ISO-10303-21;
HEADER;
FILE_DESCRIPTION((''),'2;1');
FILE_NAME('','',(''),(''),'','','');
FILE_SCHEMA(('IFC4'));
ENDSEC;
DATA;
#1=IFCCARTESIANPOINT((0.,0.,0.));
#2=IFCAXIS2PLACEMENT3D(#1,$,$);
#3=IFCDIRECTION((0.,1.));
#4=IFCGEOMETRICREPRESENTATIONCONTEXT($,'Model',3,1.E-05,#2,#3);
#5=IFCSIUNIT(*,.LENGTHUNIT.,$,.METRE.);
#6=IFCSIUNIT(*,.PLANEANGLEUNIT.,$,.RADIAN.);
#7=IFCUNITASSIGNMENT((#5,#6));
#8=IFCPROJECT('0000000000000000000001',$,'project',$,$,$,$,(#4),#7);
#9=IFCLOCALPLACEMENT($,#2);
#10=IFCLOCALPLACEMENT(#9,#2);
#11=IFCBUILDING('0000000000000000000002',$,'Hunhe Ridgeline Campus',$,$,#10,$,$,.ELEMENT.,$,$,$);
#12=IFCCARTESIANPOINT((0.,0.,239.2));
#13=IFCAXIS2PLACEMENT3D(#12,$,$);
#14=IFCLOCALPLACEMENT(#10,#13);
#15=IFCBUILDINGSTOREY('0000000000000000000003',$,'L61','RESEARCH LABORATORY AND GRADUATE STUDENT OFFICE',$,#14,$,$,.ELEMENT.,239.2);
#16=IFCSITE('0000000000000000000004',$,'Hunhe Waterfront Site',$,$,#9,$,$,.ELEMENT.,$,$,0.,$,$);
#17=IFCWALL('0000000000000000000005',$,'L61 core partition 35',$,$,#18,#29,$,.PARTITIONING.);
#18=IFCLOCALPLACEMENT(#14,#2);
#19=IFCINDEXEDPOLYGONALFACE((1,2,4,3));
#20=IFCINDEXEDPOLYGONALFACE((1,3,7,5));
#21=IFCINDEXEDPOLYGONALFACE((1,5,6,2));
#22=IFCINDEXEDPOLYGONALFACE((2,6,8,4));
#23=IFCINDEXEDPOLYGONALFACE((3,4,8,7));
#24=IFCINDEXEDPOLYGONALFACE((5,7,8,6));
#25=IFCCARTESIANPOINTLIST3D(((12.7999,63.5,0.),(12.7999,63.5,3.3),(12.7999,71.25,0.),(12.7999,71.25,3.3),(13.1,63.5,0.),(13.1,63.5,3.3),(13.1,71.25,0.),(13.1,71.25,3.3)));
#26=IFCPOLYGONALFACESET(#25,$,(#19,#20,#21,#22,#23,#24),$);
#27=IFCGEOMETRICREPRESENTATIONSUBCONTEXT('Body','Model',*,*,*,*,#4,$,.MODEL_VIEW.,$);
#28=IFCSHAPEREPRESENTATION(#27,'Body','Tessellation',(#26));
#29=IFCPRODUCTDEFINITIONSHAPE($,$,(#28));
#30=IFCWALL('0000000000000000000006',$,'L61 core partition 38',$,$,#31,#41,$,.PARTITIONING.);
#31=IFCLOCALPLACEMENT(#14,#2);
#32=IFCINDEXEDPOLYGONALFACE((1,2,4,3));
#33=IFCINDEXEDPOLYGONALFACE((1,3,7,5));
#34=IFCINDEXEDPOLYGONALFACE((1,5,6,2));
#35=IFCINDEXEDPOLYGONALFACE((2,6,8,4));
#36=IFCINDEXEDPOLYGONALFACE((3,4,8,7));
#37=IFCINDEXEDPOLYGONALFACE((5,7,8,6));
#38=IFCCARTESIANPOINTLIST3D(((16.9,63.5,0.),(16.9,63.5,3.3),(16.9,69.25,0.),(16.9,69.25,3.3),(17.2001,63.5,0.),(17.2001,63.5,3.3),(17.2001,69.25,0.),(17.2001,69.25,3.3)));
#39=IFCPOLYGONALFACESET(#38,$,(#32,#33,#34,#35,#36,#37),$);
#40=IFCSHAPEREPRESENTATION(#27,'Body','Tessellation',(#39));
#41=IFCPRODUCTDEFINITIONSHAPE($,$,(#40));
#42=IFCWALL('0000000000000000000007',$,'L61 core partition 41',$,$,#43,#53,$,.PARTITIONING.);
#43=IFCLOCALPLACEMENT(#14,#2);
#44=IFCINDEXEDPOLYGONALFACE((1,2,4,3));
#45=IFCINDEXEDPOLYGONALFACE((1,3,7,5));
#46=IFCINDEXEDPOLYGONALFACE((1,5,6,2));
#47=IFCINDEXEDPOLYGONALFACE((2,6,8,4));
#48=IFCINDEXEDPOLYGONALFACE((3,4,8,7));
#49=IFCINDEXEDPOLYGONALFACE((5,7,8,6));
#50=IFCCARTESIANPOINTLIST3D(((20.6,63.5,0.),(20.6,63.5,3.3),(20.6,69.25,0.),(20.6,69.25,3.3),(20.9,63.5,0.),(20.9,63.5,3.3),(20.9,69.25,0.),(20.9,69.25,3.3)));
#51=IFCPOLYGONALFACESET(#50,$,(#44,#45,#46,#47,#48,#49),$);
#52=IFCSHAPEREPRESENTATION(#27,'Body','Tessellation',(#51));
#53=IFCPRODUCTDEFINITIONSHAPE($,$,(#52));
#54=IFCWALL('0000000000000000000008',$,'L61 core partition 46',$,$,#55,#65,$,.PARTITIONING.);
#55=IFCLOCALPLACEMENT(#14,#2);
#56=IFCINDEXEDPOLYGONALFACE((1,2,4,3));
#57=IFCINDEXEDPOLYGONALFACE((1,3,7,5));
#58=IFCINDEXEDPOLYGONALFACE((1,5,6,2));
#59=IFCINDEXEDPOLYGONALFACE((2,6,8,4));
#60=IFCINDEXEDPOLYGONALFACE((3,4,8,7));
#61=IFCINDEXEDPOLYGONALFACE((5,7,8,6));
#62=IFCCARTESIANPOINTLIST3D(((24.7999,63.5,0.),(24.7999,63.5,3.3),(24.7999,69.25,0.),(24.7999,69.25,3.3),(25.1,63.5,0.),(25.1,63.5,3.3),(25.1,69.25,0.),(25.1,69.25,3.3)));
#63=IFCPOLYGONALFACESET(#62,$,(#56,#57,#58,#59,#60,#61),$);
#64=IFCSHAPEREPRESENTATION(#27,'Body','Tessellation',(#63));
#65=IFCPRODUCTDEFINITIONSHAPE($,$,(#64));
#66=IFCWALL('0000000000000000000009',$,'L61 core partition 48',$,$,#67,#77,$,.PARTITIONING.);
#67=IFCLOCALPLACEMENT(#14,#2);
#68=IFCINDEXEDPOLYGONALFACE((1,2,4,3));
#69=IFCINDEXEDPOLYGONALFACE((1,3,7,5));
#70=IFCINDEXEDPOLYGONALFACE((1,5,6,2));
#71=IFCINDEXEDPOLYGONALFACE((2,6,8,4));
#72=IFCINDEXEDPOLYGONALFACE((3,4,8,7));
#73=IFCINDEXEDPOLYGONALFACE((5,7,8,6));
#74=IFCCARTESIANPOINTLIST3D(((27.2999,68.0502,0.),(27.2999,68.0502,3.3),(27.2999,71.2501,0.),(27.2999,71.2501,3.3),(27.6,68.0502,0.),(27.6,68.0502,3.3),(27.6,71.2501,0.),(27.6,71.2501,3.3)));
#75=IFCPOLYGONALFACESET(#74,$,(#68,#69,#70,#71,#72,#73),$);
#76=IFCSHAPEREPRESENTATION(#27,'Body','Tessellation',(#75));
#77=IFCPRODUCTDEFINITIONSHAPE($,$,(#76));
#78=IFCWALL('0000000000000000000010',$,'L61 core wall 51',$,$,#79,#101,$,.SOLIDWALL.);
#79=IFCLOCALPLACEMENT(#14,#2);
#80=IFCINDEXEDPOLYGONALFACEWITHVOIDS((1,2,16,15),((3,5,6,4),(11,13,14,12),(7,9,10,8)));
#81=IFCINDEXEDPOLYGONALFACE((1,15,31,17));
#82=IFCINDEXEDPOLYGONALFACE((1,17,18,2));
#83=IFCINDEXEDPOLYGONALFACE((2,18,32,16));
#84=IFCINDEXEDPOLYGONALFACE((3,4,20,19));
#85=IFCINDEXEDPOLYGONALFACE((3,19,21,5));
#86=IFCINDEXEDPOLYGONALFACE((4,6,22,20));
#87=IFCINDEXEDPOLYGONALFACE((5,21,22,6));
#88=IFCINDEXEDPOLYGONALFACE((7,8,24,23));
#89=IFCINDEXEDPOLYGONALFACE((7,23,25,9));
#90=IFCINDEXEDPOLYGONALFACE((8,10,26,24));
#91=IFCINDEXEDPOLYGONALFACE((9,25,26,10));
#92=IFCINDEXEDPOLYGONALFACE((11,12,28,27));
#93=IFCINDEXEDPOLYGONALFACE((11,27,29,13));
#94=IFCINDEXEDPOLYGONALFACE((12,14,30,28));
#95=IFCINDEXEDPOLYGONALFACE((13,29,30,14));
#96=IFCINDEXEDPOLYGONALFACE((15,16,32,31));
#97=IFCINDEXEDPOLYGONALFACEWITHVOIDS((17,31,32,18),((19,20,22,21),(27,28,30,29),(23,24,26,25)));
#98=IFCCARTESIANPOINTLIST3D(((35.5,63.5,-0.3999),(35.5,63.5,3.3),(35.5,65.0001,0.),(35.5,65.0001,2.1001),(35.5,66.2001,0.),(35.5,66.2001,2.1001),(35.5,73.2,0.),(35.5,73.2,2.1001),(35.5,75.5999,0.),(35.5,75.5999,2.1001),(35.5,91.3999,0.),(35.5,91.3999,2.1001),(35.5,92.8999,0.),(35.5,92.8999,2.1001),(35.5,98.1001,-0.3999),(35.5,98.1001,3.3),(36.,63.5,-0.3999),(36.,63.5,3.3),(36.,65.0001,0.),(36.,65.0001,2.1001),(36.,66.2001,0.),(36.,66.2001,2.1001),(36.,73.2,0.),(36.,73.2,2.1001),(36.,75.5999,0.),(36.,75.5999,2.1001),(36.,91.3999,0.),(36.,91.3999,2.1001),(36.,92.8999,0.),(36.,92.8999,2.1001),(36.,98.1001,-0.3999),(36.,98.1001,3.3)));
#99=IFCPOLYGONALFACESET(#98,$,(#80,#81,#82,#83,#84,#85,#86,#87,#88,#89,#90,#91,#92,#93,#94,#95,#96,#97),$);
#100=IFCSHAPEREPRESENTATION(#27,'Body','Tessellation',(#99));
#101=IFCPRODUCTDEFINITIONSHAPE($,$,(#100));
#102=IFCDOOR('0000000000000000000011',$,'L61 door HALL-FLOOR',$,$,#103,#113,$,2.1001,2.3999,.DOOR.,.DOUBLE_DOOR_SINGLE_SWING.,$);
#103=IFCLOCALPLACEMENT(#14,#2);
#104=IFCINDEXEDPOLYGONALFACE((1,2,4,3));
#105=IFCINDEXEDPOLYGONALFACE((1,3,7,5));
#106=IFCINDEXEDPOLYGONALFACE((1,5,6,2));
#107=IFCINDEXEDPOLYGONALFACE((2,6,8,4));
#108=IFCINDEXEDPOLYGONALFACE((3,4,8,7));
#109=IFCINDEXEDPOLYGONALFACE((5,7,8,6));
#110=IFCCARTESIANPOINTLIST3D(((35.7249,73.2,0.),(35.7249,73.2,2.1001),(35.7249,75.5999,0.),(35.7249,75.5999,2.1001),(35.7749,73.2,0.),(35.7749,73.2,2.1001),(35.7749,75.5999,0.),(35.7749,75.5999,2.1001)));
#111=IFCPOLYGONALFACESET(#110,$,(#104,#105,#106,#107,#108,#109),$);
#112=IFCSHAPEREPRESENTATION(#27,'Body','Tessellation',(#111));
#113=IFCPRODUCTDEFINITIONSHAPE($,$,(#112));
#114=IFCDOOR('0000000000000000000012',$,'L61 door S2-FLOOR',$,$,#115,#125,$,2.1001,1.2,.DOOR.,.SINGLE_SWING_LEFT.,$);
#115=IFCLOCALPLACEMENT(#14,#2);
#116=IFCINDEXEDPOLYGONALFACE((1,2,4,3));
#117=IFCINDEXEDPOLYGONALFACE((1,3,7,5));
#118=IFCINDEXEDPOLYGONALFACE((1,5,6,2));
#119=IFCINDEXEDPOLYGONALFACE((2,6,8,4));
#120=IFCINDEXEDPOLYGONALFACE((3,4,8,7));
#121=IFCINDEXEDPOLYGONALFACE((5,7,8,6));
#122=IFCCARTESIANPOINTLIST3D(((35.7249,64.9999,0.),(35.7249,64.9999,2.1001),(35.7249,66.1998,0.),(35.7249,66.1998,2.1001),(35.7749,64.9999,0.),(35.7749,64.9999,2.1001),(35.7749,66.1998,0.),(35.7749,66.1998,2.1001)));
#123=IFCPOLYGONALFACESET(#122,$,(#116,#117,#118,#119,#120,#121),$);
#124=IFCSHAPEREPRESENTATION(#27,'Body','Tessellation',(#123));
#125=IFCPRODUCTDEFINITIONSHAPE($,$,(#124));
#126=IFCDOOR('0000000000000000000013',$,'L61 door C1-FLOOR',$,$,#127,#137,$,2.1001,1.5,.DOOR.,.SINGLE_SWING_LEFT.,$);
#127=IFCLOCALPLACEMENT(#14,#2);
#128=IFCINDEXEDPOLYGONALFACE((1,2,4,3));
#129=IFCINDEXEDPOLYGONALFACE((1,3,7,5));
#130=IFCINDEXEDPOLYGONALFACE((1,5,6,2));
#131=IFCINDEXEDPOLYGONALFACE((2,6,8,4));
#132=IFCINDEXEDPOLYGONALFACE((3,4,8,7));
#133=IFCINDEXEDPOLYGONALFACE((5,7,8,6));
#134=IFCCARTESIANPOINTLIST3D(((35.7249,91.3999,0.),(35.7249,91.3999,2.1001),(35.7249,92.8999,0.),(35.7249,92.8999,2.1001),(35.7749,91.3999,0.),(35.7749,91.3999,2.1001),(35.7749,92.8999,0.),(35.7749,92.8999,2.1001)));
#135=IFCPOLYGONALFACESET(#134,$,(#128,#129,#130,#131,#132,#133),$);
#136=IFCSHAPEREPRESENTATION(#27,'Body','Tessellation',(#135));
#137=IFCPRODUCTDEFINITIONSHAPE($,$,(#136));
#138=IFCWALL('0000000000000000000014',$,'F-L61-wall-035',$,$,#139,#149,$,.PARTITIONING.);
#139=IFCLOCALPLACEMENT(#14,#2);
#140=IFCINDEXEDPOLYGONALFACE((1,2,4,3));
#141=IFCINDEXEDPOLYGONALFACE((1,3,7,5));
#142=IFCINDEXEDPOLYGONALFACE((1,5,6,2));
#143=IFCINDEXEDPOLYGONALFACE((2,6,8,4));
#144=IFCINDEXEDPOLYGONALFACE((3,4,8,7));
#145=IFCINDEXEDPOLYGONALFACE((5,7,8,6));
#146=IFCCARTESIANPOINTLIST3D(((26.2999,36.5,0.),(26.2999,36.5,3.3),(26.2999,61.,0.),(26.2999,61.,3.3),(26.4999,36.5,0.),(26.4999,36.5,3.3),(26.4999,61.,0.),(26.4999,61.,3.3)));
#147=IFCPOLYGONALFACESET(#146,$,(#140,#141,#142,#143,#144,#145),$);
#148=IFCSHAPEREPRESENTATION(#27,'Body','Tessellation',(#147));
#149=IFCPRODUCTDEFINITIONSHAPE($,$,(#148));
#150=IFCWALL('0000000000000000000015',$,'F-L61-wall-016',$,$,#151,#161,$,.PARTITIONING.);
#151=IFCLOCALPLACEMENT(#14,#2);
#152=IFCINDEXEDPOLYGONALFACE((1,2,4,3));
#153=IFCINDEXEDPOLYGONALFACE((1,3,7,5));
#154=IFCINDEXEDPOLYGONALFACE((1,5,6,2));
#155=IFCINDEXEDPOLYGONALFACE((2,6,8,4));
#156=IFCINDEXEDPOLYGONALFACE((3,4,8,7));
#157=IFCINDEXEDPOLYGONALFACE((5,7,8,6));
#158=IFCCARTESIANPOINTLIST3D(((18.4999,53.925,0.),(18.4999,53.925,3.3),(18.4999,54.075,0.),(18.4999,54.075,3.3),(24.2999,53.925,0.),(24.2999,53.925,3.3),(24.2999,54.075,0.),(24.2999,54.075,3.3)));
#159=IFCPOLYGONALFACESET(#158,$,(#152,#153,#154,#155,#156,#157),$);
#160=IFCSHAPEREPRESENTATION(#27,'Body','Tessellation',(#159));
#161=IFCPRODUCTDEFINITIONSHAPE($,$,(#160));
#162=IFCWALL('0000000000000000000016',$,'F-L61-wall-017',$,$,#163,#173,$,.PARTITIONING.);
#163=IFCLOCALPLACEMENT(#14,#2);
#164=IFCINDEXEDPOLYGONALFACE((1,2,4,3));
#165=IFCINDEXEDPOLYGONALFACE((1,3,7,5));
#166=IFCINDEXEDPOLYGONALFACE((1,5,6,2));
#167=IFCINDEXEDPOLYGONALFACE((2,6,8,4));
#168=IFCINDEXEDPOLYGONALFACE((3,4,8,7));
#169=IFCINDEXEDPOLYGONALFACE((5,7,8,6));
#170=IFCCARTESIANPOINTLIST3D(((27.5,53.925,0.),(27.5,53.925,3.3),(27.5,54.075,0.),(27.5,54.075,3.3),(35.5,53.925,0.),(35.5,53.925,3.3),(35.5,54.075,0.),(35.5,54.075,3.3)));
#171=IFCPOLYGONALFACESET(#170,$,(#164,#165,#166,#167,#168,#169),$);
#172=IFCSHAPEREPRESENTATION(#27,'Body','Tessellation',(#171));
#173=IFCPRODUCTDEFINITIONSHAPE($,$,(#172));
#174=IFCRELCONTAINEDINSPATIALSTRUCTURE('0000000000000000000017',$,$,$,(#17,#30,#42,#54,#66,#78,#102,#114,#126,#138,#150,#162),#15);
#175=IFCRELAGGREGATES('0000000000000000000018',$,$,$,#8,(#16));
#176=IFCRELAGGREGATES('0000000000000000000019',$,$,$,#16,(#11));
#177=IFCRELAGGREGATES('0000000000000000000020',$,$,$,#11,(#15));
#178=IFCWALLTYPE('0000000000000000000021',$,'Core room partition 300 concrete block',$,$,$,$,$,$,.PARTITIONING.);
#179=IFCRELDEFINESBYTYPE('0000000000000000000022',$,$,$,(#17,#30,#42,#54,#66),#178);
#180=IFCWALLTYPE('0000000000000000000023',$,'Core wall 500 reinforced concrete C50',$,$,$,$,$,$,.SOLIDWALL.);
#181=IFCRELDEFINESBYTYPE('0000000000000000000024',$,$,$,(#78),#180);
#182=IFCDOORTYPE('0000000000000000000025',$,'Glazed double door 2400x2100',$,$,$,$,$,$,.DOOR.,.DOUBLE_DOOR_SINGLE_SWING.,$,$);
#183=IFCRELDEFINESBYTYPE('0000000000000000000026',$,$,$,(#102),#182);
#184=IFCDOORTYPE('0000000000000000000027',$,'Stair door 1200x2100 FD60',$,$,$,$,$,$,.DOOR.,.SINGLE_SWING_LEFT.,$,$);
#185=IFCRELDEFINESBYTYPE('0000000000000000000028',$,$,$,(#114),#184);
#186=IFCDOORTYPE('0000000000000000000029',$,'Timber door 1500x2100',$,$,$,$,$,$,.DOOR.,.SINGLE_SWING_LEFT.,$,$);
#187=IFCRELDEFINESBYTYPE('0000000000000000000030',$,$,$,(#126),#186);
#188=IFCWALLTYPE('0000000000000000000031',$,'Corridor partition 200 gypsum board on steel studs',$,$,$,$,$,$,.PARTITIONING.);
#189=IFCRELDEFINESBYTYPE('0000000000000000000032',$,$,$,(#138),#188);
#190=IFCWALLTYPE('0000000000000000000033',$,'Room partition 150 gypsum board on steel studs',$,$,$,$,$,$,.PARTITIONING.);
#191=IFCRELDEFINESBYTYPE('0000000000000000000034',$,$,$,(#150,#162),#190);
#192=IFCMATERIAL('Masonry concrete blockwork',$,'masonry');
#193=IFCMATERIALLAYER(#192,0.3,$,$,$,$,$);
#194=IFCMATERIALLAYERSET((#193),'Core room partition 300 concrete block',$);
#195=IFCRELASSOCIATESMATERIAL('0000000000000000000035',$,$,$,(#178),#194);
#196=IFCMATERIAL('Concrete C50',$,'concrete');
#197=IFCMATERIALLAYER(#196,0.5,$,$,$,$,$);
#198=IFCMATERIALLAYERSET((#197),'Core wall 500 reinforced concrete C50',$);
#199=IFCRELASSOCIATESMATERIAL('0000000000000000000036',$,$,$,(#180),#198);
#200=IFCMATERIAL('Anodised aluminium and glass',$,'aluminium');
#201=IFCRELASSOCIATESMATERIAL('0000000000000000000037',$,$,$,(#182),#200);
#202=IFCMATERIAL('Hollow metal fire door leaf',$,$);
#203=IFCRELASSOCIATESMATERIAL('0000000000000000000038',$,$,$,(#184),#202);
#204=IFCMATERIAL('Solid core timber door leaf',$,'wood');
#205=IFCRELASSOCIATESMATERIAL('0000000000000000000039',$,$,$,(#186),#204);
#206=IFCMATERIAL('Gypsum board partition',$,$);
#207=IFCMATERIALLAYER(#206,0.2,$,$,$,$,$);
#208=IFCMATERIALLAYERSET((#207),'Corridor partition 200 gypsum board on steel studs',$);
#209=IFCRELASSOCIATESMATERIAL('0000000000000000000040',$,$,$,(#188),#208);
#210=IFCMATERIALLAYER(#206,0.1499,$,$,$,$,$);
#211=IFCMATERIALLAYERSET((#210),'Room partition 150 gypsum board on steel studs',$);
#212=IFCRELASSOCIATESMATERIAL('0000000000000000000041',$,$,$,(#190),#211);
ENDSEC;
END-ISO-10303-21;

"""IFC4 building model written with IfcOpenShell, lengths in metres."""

from ifc_helpers import new_model, si_unit, direction, frame, frame_2d, origin, place, context, subcontext, project, spatial, rectangle, extrude, material, layer, layer_set, type_object, element, fill, save


model = new_model("IFC4")

# Units and contexts
model_context = context("Model", 3, precision=1e-05, world=origin(), true_north=direction((0.0, 1.0)))
body_context = subcontext(model_context, "Body", "Model", "MODEL_VIEW")
ifc_project = project(units=[si_unit("LENGTHUNIT", "METRE"), si_unit("PLANEANGLEUNIT", "RADIAN")], contexts=[model_context])

# Site, building, storey
site_placement = place(None, origin())
site = spatial("IfcSite", under=ifc_project, at=site_placement, Name="Hunhe Waterfront Site", CompositionType="ELEMENT", RefElevation=0.0)
building_placement = place(site_placement, origin())
building = spatial("IfcBuilding", under=site, at=building_placement, Name="Hunhe Ridgeline Campus", CompositionType="ELEMENT")
storey_placement = place(building_placement, frame((0.0, 0.0, 239.2)))
storey = spatial("IfcBuildingStorey", under=building, at=storey_placement, Name="L61", Description="RESEARCH LABORATORY AND GRADUATE STUDENT OFFICE", CompositionType="ELEMENT", Elevation=239.2)

# Shared definitions
ifc_material_1 = material(Name="Masonry concrete blockwork", Category="masonry")
ifc_layer_1 = layer(ifc_material_1, 0.3)
ifc_layer_set_1 = layer_set([ifc_layer_1], Name="Core room partition 300 concrete block")
wall_type_1 = type_object("IfcWallType", Name="Core room partition 300 concrete block", PredefinedType="PARTITIONING", material=ifc_layer_set_1)
ifc_material_2 = material(Name="Solid core timber door leaf", Category="wood")

# Walls
wall_1_placement = place(storey_placement, frame((12.95, 63.5, 0.0), z_axis=(0.0, 0.0, 1.0), x_axis=(0.0, 1.0, 0.0)))
element("IfcWall", 1, at=wall_1_placement, inside=storey, type_object=wall_type_1, Name="L61 core partition 35", PredefinedType="PARTITIONING", context=body_context, shape_type="SweptSolid", body=[
    extrude(rectangle(XDim=7.75, YDim=0.3, at=frame_2d((3.875, 0.0))), origin(), (0.0, 0.0, 1.0), 3.3),
])
for number, where, z_axis, x_axis, name in (
    (2, (17.05, 63.5, 0.0), (0.0, 0.0, 1.0), (0.0, 1.0, 0.0), "L61 core partition 38"),
    (3, (20.75, 63.5, 0.0), (0.0, 0.0, 1.0), (0.0, 1.0, 0.0), "L61 core partition 41"),
    (4, (24.95, 63.5, 0.0), (0.0, 0.0, 1.0), (0.0, 1.0, 0.0), "L61 core partition 46"),
):
    element("IfcWall", number, at=place(storey_placement, frame(where, z_axis=z_axis, x_axis=x_axis)), inside=storey, type_object=wall_type_1, Name=name, PredefinedType="PARTITIONING", context=body_context, shape_type="SweptSolid", body=[
        extrude(rectangle(XDim=5.75, YDim=0.3, at=frame_2d((2.875, 0.0))), origin(), (0.0, 0.0, 1.0), 3.3),
    ])
wall_2_placement = place(storey_placement, frame((27.45, 68.05, 0.0), z_axis=(0.0, 0.0, 1.0), x_axis=(0.0, 1.0, 0.0)))
element("IfcWall", 5, at=wall_2_placement, inside=storey, type_object=wall_type_1, Name="L61 core partition 48", PredefinedType="PARTITIONING", context=body_context, shape_type="SweptSolid", body=[
    extrude(rectangle(XDim=3.2, YDim=0.3, at=frame_2d((1.6001, 0.0))), origin(), (0.0, 0.0, 1.0), 3.3),
])

# Wall, openings, doors
ifc_material_3 = material(Name="Concrete C50", Category="concrete")
ifc_layer_2 = layer(ifc_material_3, 0.5)
ifc_layer_set_2 = layer_set([ifc_layer_2], Name="Core wall 500 reinforced concrete C50")
wall_type_2 = type_object("IfcWallType", Name="Core wall 500 reinforced concrete C50", PredefinedType="SOLIDWALL", material=ifc_layer_set_2)
wall_3_placement = place(storey_placement, frame((35.75, 63.5, -0.3999), z_axis=(0.0, 0.0, 1.0), x_axis=(0.0, 1.0, 0.0)))
wall_3 = element("IfcWall", 6, at=wall_3_placement, inside=storey, type_object=wall_type_2, Name="L61 core wall 51", PredefinedType="SOLIDWALL", context=body_context, shape_type="SweptSolid", body=[
    extrude(rectangle(XDim=34.6001, YDim=0.5, at=frame_2d((17.3, 0.0))), origin(), (0.0, 0.0, 1.0), 3.7),
])
opening_1_placement = place(wall_3_placement, frame((9.7, 0.0, 0.3999)))
opening_1 = element("IfcOpeningElement", 7, at=opening_1_placement, cuts=wall_3, PredefinedType="OPENING", context=body_context, shape_type="SweptSolid", body=[
    extrude(rectangle(XDim=2.3999, YDim=2.1001, at=frame_2d((1.2, 1.05))), frame((0.0, 0.25, 0.0), z_axis=(0.0, -1.0, 0.0), x_axis=(1.0, 0.0, 0.0)), (0.0, 0.0, 1.0), 0.5),
])
opening_2_placement = place(wall_3_placement, frame((27.8999, 0.0, 0.3999)))
opening_2 = element("IfcOpeningElement", 8, at=opening_2_placement, cuts=wall_3, PredefinedType="OPENING", context=body_context, shape_type="SweptSolid", body=[
    extrude(rectangle(XDim=1.5, YDim=2.1001, at=frame_2d((0.75, 1.05))), frame((0.0, 0.25, 0.0), z_axis=(0.0, -1.0, 0.0), x_axis=(1.0, 0.0, 0.0)), (0.0, 0.0, 1.0), 0.5),
])
opening_3_placement = place(wall_3_placement, frame((1.5, 0.0, 0.3999)))
opening_3 = element("IfcOpeningElement", 9, at=opening_3_placement, cuts=wall_3, PredefinedType="OPENING", context=body_context, shape_type="SweptSolid", body=[
    extrude(rectangle(XDim=1.2, YDim=2.1001, at=frame_2d((0.6001, 1.05))), frame((0.0, 0.25, 0.0), z_axis=(0.0, -1.0, 0.0), x_axis=(1.0, 0.0, 0.0)), (0.0, 0.0, 1.0), 0.5),
])
ifc_material_4 = material(Name="Anodised aluminium and glass", Category="aluminium")
door_type_1 = type_object("IfcDoorType", Name="Glazed double door 2400x2100", OperationType="DOUBLE_DOOR_SINGLE_SWING", PredefinedType="DOOR", material=ifc_material_4)
door_1_placement = place(opening_1_placement, frame((2.3999, 0.0, 0.0), z_axis=(0.0, 0.0, 1.0), x_axis=(-1.0, 0.0, 0.0)))
door_1 = element("IfcDoor", 10, at=door_1_placement, inside=storey, type_object=door_type_1, Name="L61 door HALL-FLOOR", OperationType="DOUBLE_DOOR_SINGLE_SWING", OverallHeight=2.1001, OverallWidth=2.3999, PredefinedType="DOOR", context=body_context, shape_type="SweptSolid", body=[
    extrude(rectangle(XDim=2.3999, YDim=2.1001, at=frame_2d((1.2, 1.05))), frame((0.0, 0.0249, 0.0), z_axis=(0.0, -1.0, 0.0), x_axis=(1.0, 0.0, 0.0)), (0.0, 0.0, 1.0), 0.05),
])
fill(opening_1, door_1)
ifc_material_5 = material(Name="Hollow metal fire door leaf")
door_type_2 = type_object("IfcDoorType", Name="Stair door 1200x2100 FD60", OperationType="SINGLE_SWING_LEFT", PredefinedType="DOOR", material=ifc_material_5)
door_2_placement = place(opening_3_placement, frame((1.2, 0.0, 0.0), z_axis=(0.0, 0.0, 1.0), x_axis=(-1.0, 0.0, 0.0)))
door_2 = element("IfcDoor", 11, at=door_2_placement, inside=storey, type_object=door_type_2, Name="L61 door S2-FLOOR", OperationType="SINGLE_SWING_LEFT", OverallHeight=2.1001, OverallWidth=1.2, PredefinedType="DOOR", context=body_context, shape_type="SweptSolid", body=[
    extrude(rectangle(XDim=1.2, YDim=2.1001, at=frame_2d((0.6001, 1.05))), frame((0.0, 0.0249, 0.0), z_axis=(0.0, -1.0, 0.0), x_axis=(1.0, 0.0, 0.0)), (0.0, 0.0, 1.0), 0.05),
])
fill(opening_3, door_2)
door_type_3 = type_object("IfcDoorType", Name="Timber door 1500x2100", OperationType="SINGLE_SWING_LEFT", PredefinedType="DOOR", material=ifc_material_2)
door_3_placement = place(opening_2_placement, frame((1.5, 0.0, 0.0), z_axis=(0.0, 0.0, 1.0), x_axis=(-1.0, 0.0, 0.0)))
door_3 = element("IfcDoor", 12, at=door_3_placement, inside=storey, type_object=door_type_3, Name="L61 door C1-FLOOR", OperationType="SINGLE_SWING_LEFT", OverallHeight=2.1001, OverallWidth=1.5, PredefinedType="DOOR", context=body_context, shape_type="SweptSolid", body=[
    extrude(rectangle(XDim=1.5, YDim=2.1001, at=frame_2d((0.75, 1.05))), frame((0.0, 0.0249, 0.0), z_axis=(0.0, -1.0, 0.0), x_axis=(1.0, 0.0, 0.0)), (0.0, 0.0, 1.0), 0.05),
])
fill(opening_2, door_3)

# Shared definitions
ifc_material_6 = material(Name="Gypsum board partition")
ifc_layer_3 = layer(ifc_material_6, 0.2)
ifc_layer_set_3 = layer_set([ifc_layer_3], Name="Corridor partition 200 gypsum board on steel studs")
wall_type_3 = type_object("IfcWallType", Name="Corridor partition 200 gypsum board on steel studs", PredefinedType="PARTITIONING", material=ifc_layer_set_3)

# Walls
wall_4_placement = place(storey_placement, frame((26.3999, 61.0, 0.0), z_axis=(0.0, 0.0, 1.0), x_axis=(0.0, -1.0, 0.0)))
element("IfcWall", 13, at=wall_4_placement, inside=storey, type_object=wall_type_3, Name="F-L61-wall-035", PredefinedType="PARTITIONING", context=body_context, shape_type="SweptSolid", body=[
    extrude(rectangle(XDim=24.5, YDim=0.2, at=frame_2d((12.25, 0.0))), origin(), (0.0, 0.0, 1.0), 3.3),
])
ifc_layer_4 = layer(ifc_material_6, 0.1499)
ifc_layer_set_4 = layer_set([ifc_layer_4], Name="Room partition 150 gypsum board on steel studs")
wall_type_4 = type_object("IfcWallType", Name="Room partition 150 gypsum board on steel studs", PredefinedType="PARTITIONING", material=ifc_layer_set_4)
wall_5_placement = place(storey_placement, frame((18.5, 54.0, 0.0), z_axis=(0.0, 0.0, 1.0), x_axis=(1.0, 0.0, 0.0)))
element("IfcWall", 14, at=wall_5_placement, inside=storey, type_object=wall_type_4, Name="F-L61-wall-016", PredefinedType="PARTITIONING", context=body_context, shape_type="SweptSolid", body=[
    extrude(rectangle(XDim=5.8, YDim=0.1499, at=frame_2d((2.8999, 0.0))), origin(), (0.0, 0.0, 1.0), 3.3),
])
wall_6_placement = place(storey_placement, frame((27.5, 54.0, 0.0), z_axis=(0.0, 0.0, 1.0), x_axis=(1.0, 0.0, 0.0)))
element("IfcWall", 15, at=wall_6_placement, inside=storey, type_object=wall_type_4, Name="F-L61-wall-017", PredefinedType="PARTITIONING", context=body_context, shape_type="SweptSolid", body=[
    extrude(rectangle(XDim=8.0, YDim=0.1499, at=frame_2d((4.0, 0.0))), origin(), (0.0, 0.0, 1.0), 3.3),
])

save(model, "model.ifc")
